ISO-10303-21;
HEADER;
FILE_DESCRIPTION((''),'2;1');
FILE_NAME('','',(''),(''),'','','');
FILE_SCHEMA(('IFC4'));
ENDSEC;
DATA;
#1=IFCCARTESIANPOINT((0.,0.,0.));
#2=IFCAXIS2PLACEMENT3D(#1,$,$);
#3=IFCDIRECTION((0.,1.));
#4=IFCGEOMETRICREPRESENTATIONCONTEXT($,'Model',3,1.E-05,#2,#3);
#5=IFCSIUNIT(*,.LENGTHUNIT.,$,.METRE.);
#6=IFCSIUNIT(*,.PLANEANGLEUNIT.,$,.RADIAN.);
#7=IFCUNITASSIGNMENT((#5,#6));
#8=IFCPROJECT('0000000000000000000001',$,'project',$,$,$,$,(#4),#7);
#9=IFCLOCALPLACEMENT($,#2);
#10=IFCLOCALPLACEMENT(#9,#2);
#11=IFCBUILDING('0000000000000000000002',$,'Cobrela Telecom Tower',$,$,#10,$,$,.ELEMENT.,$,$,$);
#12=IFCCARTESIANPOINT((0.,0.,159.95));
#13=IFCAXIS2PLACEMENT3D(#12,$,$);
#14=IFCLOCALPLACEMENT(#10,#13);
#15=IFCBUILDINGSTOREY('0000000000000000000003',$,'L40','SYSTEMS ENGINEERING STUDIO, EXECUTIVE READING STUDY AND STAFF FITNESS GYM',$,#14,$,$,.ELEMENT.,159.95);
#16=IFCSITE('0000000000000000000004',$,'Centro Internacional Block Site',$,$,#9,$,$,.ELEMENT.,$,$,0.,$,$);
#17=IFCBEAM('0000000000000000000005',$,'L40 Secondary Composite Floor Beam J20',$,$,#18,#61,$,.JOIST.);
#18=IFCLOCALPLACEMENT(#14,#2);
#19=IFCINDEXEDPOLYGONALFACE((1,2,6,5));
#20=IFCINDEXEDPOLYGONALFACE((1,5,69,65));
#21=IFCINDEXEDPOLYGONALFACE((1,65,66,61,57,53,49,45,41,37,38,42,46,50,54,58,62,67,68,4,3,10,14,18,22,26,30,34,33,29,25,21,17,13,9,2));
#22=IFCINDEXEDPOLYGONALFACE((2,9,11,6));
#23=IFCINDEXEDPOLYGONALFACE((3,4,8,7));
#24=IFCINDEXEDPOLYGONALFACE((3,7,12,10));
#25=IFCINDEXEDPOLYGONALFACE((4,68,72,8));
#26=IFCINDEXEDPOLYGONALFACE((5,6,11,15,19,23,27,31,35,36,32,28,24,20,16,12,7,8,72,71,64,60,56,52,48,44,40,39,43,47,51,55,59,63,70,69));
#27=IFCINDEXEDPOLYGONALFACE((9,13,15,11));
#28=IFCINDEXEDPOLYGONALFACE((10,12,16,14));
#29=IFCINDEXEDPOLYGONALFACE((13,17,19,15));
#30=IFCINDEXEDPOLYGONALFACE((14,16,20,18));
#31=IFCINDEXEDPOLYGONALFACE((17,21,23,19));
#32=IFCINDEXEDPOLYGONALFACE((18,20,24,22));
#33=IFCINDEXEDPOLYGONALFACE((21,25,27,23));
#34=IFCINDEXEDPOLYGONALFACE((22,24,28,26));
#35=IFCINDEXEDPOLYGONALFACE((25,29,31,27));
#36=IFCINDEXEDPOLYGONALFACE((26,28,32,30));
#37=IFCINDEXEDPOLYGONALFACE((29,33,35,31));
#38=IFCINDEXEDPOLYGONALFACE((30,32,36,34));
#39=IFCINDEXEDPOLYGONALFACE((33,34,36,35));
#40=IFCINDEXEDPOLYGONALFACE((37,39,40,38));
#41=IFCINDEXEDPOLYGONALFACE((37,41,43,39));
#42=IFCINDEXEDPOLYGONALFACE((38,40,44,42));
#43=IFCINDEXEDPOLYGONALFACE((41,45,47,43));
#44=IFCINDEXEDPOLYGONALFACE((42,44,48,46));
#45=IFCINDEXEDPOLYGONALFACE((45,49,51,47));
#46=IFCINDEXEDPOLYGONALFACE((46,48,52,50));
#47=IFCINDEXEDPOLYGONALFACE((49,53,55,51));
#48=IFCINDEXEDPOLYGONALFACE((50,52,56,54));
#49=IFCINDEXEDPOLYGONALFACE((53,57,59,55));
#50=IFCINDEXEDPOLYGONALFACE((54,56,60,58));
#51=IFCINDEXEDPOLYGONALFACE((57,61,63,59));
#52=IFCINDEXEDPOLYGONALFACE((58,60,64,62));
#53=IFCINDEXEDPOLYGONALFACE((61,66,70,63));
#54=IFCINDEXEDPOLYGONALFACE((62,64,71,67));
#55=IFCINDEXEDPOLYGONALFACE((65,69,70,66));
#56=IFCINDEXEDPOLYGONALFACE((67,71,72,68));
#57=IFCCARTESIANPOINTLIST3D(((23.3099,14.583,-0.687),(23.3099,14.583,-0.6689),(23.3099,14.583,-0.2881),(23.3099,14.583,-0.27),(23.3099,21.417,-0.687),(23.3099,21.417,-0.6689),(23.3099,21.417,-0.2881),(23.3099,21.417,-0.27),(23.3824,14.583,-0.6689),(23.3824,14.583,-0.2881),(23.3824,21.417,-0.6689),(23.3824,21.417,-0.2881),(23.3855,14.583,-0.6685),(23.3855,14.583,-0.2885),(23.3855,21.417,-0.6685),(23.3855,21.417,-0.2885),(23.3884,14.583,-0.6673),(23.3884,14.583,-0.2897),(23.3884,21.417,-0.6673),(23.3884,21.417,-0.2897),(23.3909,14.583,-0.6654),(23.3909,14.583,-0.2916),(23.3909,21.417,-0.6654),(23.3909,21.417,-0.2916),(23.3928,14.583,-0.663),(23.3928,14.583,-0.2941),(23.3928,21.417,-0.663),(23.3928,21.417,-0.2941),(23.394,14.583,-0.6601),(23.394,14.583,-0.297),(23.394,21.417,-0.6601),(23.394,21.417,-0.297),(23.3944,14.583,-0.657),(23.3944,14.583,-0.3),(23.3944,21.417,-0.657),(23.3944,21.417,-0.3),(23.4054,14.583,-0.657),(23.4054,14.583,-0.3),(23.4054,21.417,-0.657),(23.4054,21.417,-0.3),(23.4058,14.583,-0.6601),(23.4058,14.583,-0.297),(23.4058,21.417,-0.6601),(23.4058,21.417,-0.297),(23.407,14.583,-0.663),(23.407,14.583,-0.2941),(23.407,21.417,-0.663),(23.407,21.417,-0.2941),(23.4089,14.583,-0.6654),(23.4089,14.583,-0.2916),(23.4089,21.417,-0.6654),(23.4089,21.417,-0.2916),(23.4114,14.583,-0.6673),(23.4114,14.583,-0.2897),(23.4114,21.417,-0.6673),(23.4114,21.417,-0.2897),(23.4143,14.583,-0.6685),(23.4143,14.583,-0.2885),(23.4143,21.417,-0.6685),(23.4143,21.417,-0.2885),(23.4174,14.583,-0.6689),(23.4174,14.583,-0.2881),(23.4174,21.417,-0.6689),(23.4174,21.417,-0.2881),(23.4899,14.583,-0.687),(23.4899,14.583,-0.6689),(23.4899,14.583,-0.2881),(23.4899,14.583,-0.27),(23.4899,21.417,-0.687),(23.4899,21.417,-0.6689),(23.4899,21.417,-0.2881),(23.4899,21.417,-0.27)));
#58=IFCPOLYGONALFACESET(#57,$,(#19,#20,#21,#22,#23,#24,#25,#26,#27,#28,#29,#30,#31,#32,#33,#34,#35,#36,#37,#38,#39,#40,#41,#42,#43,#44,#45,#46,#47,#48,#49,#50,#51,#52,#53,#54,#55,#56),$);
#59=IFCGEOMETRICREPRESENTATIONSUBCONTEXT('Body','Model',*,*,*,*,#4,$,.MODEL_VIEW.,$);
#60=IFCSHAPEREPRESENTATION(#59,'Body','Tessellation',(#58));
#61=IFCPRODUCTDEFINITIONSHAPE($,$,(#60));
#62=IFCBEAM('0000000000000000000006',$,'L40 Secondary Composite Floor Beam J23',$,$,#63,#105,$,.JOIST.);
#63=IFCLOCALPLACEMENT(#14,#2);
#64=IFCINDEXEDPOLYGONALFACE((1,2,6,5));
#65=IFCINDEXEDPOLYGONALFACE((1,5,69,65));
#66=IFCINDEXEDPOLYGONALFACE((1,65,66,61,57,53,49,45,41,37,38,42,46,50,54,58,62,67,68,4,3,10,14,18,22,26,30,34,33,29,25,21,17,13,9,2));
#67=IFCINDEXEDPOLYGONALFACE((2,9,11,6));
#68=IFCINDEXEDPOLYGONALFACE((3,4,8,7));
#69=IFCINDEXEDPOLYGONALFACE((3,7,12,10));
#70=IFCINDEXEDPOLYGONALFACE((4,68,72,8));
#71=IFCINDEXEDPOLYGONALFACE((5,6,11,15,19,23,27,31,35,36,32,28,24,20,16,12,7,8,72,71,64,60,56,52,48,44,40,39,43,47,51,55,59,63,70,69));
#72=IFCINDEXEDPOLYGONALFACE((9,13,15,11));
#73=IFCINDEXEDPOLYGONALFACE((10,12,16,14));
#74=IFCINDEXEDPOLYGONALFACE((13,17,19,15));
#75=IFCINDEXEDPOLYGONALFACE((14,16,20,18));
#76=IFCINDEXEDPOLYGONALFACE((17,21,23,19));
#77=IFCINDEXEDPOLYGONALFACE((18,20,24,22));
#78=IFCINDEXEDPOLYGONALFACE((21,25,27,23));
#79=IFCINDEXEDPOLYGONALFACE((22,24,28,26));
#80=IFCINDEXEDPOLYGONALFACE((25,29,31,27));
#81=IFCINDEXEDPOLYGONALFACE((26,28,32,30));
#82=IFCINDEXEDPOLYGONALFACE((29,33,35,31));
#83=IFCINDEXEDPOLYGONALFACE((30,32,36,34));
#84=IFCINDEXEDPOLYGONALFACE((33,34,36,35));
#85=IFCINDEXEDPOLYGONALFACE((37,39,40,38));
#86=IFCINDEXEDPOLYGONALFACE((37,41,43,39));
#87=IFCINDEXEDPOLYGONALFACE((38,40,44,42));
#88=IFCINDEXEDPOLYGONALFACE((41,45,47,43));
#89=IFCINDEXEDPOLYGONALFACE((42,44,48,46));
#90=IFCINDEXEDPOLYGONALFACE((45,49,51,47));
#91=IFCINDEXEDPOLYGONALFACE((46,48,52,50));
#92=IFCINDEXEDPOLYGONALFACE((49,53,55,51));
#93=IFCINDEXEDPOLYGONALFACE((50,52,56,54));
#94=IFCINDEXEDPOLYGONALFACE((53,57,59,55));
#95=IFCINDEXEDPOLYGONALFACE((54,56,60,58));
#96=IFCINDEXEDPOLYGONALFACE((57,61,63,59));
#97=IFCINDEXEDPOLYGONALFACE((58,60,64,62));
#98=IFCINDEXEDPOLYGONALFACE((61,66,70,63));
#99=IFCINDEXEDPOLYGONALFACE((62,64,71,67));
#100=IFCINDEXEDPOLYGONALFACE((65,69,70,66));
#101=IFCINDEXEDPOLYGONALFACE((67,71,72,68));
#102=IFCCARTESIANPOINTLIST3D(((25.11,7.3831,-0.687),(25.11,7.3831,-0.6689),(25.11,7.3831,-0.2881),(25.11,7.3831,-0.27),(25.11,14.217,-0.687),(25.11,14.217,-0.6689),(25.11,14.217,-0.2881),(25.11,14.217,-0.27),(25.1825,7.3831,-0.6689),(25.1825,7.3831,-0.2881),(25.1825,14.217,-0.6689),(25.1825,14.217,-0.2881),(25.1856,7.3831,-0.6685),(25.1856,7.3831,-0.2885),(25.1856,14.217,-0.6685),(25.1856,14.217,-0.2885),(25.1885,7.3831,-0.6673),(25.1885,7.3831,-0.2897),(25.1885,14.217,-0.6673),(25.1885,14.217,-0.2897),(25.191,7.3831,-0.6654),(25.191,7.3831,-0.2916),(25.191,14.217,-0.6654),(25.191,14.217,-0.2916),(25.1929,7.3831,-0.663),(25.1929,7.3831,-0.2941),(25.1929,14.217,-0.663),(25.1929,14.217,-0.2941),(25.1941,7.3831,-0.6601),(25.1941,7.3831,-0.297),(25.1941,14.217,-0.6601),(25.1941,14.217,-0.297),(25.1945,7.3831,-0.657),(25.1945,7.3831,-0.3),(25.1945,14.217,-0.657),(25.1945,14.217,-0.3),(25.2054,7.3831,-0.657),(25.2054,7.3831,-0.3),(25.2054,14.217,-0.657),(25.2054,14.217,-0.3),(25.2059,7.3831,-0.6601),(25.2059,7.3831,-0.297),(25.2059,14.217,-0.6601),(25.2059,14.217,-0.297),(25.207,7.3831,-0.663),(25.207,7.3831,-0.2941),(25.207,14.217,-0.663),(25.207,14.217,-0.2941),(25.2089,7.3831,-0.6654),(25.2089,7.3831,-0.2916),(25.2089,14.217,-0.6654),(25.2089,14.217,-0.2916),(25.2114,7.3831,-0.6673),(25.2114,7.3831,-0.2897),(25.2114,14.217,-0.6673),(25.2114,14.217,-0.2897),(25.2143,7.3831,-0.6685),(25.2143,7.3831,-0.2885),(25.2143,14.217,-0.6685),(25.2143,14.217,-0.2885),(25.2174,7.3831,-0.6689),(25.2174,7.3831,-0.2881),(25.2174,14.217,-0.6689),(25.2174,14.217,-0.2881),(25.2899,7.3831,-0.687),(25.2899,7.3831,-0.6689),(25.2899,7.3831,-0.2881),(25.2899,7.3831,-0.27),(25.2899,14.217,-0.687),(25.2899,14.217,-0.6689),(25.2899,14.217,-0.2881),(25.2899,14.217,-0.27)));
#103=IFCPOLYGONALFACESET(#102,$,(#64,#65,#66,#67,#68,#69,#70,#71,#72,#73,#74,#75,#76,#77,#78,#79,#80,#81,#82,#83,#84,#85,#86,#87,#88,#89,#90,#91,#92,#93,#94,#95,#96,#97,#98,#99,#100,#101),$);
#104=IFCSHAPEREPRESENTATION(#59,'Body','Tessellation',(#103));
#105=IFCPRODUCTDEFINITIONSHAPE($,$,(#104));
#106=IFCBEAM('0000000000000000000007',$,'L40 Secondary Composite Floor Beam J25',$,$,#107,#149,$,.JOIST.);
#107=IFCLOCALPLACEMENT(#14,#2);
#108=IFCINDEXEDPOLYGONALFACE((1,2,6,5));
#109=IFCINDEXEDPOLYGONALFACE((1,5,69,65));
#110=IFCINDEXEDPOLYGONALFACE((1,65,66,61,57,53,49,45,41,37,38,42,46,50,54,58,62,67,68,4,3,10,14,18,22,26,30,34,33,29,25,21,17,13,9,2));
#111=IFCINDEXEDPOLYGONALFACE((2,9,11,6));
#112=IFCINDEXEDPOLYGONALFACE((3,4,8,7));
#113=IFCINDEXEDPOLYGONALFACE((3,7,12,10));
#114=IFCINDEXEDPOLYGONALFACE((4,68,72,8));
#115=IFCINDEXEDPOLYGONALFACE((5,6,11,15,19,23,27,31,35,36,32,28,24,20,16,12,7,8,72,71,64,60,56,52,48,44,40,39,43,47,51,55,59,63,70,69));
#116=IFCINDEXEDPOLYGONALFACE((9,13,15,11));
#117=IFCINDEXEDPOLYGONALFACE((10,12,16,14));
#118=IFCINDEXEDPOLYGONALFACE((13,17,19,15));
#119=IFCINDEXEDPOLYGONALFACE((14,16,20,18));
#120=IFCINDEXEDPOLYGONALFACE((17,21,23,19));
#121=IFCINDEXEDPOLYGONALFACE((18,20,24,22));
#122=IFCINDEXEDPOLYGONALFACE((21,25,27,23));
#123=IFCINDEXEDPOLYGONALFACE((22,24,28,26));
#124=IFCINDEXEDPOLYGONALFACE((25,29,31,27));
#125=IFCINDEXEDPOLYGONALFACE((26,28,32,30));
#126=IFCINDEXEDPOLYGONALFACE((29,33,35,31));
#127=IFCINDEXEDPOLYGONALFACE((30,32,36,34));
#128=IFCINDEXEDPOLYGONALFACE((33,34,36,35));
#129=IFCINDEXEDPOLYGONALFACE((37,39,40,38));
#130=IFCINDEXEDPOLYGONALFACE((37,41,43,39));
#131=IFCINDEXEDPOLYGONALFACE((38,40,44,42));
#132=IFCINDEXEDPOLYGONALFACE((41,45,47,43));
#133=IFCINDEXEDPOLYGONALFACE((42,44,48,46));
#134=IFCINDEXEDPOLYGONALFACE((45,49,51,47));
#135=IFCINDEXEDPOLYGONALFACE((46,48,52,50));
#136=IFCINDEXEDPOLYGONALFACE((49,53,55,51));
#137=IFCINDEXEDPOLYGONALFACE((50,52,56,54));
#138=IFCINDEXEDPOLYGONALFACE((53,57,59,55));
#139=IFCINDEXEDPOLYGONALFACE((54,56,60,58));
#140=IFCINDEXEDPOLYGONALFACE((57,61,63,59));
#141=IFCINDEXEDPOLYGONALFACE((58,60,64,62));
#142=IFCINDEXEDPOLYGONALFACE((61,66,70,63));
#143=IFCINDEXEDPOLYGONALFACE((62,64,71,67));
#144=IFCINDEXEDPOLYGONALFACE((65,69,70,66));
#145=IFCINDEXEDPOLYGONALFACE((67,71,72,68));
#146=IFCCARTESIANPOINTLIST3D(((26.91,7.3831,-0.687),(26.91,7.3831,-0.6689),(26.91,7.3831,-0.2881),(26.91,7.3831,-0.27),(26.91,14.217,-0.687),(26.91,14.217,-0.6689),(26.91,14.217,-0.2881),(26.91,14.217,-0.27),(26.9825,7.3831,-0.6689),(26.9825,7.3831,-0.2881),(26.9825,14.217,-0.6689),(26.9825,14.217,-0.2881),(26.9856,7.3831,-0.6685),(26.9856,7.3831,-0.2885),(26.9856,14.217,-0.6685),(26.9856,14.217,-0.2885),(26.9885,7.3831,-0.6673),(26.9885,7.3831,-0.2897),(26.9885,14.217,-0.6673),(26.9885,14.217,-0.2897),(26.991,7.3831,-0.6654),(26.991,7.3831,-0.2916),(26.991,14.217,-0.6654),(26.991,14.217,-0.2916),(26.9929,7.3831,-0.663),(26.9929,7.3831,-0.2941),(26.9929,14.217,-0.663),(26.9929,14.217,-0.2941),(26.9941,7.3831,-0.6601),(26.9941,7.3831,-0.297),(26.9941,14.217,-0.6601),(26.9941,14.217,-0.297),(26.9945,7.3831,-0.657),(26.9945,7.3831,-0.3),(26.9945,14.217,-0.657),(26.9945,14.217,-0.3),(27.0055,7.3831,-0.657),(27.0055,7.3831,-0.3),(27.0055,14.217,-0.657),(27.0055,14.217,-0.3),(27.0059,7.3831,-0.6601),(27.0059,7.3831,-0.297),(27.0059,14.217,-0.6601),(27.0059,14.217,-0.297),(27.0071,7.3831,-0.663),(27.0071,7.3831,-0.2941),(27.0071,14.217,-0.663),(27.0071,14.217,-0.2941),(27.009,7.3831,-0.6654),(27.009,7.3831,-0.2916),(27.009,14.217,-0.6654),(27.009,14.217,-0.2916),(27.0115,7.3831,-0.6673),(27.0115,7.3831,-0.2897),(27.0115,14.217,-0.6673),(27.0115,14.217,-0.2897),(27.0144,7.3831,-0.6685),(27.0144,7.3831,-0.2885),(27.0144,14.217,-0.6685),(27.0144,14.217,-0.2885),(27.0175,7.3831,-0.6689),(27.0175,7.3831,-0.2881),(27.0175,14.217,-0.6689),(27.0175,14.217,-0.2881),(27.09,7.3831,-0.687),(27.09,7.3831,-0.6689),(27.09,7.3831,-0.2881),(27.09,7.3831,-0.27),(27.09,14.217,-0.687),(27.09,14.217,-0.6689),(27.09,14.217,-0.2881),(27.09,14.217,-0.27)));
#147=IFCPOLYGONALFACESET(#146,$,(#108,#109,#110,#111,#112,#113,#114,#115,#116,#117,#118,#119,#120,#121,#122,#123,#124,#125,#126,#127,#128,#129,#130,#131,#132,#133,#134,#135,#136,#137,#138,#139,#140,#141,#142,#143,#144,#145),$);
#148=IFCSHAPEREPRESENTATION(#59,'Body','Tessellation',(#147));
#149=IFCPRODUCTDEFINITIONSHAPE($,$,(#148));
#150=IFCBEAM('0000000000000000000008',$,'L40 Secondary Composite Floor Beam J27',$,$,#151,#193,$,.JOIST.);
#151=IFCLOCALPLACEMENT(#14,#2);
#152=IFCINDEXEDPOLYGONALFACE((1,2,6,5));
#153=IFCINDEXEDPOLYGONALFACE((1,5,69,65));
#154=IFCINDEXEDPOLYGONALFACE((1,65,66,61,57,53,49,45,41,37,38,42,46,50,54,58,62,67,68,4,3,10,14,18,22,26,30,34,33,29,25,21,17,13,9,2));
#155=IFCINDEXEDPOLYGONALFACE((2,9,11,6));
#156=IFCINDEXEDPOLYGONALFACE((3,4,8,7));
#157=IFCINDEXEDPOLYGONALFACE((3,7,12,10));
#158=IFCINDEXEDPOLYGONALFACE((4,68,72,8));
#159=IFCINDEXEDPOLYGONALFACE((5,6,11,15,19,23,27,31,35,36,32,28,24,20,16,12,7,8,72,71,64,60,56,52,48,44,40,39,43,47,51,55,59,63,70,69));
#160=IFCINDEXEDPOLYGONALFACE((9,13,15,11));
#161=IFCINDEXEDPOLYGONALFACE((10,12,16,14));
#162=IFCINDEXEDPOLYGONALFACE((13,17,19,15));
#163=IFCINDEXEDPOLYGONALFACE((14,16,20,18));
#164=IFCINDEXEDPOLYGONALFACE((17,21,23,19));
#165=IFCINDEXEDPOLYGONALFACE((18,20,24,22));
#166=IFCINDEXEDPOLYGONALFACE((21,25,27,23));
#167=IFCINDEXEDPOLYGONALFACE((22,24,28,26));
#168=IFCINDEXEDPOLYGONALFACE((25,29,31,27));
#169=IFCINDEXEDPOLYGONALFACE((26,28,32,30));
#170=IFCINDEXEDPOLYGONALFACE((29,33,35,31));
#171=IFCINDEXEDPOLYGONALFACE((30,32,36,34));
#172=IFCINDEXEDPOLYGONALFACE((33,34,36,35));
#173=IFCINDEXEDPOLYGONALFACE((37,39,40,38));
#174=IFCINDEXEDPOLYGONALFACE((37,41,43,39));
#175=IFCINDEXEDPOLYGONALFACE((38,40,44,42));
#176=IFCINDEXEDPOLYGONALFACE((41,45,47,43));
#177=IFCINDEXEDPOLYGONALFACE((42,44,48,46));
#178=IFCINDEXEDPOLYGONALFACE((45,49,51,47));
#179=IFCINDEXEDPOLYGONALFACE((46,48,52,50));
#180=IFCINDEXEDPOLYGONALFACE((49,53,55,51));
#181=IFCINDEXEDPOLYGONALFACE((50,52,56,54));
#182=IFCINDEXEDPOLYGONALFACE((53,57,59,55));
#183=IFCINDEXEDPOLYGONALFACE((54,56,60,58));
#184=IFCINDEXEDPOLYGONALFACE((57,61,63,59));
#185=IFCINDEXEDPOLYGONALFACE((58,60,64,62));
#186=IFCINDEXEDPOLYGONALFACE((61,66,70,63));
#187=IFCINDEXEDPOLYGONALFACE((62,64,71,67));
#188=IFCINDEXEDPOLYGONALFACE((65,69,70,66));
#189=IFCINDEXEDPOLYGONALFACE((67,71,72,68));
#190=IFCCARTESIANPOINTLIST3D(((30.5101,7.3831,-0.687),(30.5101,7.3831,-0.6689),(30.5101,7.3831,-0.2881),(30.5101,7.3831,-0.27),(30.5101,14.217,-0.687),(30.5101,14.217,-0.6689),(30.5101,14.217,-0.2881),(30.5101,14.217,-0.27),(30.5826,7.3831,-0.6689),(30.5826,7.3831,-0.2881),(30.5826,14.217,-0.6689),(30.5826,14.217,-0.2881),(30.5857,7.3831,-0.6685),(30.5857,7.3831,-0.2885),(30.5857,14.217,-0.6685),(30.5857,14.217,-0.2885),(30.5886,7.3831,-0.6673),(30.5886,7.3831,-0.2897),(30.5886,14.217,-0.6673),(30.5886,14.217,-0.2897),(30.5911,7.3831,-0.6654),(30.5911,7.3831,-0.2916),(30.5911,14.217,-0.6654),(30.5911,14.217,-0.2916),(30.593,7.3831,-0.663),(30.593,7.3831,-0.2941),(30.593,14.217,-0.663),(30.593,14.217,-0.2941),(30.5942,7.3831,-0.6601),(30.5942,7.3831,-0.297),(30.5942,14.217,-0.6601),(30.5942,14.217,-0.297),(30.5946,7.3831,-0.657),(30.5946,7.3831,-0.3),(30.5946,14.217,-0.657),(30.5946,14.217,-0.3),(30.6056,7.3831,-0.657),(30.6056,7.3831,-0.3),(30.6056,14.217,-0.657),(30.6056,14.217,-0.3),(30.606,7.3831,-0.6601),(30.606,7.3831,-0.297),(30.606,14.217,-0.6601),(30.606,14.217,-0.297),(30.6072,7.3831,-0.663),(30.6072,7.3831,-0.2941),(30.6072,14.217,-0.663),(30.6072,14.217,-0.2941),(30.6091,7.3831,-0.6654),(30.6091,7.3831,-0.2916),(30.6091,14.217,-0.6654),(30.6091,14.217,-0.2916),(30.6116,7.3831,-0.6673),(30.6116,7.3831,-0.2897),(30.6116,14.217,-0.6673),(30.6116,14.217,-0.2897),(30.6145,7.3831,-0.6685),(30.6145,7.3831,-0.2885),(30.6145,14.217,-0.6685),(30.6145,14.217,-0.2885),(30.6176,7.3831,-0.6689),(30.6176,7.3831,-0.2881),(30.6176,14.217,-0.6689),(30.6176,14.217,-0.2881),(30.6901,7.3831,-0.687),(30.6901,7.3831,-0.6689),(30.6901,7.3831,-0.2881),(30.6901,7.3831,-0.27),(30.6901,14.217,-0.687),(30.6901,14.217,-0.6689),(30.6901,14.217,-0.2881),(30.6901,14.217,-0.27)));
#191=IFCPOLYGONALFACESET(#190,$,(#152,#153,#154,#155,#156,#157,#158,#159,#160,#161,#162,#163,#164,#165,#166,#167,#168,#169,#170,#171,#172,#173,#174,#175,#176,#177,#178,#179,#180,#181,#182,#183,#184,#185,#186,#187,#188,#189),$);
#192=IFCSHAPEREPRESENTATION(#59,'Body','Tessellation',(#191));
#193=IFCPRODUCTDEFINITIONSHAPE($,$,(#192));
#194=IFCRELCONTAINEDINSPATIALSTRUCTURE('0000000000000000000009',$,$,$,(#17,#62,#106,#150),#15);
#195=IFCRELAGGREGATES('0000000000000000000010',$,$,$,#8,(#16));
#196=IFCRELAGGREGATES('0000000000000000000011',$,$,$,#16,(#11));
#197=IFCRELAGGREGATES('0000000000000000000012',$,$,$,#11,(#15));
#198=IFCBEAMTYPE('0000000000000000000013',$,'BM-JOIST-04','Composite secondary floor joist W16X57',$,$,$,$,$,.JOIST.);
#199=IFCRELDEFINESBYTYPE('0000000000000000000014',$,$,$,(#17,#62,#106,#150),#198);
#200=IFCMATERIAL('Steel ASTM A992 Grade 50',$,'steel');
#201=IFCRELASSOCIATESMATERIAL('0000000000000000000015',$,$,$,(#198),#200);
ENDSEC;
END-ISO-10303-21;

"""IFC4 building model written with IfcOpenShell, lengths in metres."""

from ifc_helpers import new_model, si_unit, direction, frame, origin, origin_2d, place, context, subcontext, project, spatial, i_section, extrude, material, material_profile, profile_set, type_object, element, save


model = new_model("IFC4")

# Units and contexts
model_context = context("Model", 3, precision=1e-05, world=origin(), true_north=direction((0.0, 1.0)))
body_context = subcontext(model_context, "Body", "Model", "MODEL_VIEW")
ifc_project = project(units=[si_unit("LENGTHUNIT", "METRE"), si_unit("PLANEANGLEUNIT", "RADIAN")], contexts=[model_context])

# Site, building, storey
site_placement = place(None, origin())
site = spatial("IfcSite", under=ifc_project, at=site_placement, Name="Centro Internacional Block Site", CompositionType="ELEMENT", RefElevation=0.0)
building_placement = place(site_placement, origin())
building = spatial("IfcBuilding", under=site, at=building_placement, Name="Cobrela Telecom Tower", CompositionType="ELEMENT")
storey_placement = place(building_placement, frame((0.0, 0.0, 159.95)))
storey = spatial("IfcBuildingStorey", under=building, at=storey_placement, Name="L40", Description="SYSTEMS ENGINEERING STUDIO, EXECUTIVE READING STUDY AND STAFF FITNESS GYM", CompositionType="ELEMENT", Elevation=159.95)

# Shared definitions
ifc_material_1 = material(Name="Steel ASTM A992 Grade 50", Category="steel")

# Beams
ifc_material_profile_1 = material_profile(ifc_material_1, i_section(OverallWidth=0.1799, OverallDepth=0.417, WebThickness=0.011, FlangeThickness=0.0181, FilletRadius=0.012, at=origin_2d()), Name="W16X57")
ifc_profile_set_1 = profile_set([ifc_material_profile_1], Name="Steel ASTM A992 Grade 50")
beam_type_1 = type_object("IfcBeamType", Name="BM-JOIST-04", Description="Composite secondary floor joist W16X57", PredefinedType="JOIST", material=ifc_profile_set_1)
for number, where, z_axis, x_axis, name in (
    (1, (23.3999, 14.583, -0.4785), (0.0, 1.0, 0.0), (-1.0, 0.0, 0.0), "L40 Secondary Composite Floor Beam J20"),
    (2, (25.2, 7.3831, -0.4785), (0.0, 1.0, 0.0), (-1.0, 0.0, 0.0), "L40 Secondary Composite Floor Beam J23"),
    (3, (27.0, 7.3831, -0.4785), (0.0, 1.0, 0.0), (-1.0, 0.0, 0.0), "L40 Secondary Composite Floor Beam J25"),
    (4, (30.6001, 7.3831, -0.4785), (0.0, 1.0, 0.0), (-1.0, 0.0, 0.0), "L40 Secondary Composite Floor Beam J27"),
):
    element("IfcBeam", number, at=place(storey_placement, frame(where, z_axis=z_axis, x_axis=x_axis)), inside=storey, type_object=beam_type_1, Name=name, PredefinedType="JOIST", context=body_context, shape_type="SweptSolid", body=[
        extrude(i_section(OverallWidth=0.1799, OverallDepth=0.417, WebThickness=0.011, FlangeThickness=0.0181, FilletRadius=0.012, at=origin_2d()), origin(), (0.0, 0.0, 1.0), 6.834),
    ])

save(model, "model.ifc")
